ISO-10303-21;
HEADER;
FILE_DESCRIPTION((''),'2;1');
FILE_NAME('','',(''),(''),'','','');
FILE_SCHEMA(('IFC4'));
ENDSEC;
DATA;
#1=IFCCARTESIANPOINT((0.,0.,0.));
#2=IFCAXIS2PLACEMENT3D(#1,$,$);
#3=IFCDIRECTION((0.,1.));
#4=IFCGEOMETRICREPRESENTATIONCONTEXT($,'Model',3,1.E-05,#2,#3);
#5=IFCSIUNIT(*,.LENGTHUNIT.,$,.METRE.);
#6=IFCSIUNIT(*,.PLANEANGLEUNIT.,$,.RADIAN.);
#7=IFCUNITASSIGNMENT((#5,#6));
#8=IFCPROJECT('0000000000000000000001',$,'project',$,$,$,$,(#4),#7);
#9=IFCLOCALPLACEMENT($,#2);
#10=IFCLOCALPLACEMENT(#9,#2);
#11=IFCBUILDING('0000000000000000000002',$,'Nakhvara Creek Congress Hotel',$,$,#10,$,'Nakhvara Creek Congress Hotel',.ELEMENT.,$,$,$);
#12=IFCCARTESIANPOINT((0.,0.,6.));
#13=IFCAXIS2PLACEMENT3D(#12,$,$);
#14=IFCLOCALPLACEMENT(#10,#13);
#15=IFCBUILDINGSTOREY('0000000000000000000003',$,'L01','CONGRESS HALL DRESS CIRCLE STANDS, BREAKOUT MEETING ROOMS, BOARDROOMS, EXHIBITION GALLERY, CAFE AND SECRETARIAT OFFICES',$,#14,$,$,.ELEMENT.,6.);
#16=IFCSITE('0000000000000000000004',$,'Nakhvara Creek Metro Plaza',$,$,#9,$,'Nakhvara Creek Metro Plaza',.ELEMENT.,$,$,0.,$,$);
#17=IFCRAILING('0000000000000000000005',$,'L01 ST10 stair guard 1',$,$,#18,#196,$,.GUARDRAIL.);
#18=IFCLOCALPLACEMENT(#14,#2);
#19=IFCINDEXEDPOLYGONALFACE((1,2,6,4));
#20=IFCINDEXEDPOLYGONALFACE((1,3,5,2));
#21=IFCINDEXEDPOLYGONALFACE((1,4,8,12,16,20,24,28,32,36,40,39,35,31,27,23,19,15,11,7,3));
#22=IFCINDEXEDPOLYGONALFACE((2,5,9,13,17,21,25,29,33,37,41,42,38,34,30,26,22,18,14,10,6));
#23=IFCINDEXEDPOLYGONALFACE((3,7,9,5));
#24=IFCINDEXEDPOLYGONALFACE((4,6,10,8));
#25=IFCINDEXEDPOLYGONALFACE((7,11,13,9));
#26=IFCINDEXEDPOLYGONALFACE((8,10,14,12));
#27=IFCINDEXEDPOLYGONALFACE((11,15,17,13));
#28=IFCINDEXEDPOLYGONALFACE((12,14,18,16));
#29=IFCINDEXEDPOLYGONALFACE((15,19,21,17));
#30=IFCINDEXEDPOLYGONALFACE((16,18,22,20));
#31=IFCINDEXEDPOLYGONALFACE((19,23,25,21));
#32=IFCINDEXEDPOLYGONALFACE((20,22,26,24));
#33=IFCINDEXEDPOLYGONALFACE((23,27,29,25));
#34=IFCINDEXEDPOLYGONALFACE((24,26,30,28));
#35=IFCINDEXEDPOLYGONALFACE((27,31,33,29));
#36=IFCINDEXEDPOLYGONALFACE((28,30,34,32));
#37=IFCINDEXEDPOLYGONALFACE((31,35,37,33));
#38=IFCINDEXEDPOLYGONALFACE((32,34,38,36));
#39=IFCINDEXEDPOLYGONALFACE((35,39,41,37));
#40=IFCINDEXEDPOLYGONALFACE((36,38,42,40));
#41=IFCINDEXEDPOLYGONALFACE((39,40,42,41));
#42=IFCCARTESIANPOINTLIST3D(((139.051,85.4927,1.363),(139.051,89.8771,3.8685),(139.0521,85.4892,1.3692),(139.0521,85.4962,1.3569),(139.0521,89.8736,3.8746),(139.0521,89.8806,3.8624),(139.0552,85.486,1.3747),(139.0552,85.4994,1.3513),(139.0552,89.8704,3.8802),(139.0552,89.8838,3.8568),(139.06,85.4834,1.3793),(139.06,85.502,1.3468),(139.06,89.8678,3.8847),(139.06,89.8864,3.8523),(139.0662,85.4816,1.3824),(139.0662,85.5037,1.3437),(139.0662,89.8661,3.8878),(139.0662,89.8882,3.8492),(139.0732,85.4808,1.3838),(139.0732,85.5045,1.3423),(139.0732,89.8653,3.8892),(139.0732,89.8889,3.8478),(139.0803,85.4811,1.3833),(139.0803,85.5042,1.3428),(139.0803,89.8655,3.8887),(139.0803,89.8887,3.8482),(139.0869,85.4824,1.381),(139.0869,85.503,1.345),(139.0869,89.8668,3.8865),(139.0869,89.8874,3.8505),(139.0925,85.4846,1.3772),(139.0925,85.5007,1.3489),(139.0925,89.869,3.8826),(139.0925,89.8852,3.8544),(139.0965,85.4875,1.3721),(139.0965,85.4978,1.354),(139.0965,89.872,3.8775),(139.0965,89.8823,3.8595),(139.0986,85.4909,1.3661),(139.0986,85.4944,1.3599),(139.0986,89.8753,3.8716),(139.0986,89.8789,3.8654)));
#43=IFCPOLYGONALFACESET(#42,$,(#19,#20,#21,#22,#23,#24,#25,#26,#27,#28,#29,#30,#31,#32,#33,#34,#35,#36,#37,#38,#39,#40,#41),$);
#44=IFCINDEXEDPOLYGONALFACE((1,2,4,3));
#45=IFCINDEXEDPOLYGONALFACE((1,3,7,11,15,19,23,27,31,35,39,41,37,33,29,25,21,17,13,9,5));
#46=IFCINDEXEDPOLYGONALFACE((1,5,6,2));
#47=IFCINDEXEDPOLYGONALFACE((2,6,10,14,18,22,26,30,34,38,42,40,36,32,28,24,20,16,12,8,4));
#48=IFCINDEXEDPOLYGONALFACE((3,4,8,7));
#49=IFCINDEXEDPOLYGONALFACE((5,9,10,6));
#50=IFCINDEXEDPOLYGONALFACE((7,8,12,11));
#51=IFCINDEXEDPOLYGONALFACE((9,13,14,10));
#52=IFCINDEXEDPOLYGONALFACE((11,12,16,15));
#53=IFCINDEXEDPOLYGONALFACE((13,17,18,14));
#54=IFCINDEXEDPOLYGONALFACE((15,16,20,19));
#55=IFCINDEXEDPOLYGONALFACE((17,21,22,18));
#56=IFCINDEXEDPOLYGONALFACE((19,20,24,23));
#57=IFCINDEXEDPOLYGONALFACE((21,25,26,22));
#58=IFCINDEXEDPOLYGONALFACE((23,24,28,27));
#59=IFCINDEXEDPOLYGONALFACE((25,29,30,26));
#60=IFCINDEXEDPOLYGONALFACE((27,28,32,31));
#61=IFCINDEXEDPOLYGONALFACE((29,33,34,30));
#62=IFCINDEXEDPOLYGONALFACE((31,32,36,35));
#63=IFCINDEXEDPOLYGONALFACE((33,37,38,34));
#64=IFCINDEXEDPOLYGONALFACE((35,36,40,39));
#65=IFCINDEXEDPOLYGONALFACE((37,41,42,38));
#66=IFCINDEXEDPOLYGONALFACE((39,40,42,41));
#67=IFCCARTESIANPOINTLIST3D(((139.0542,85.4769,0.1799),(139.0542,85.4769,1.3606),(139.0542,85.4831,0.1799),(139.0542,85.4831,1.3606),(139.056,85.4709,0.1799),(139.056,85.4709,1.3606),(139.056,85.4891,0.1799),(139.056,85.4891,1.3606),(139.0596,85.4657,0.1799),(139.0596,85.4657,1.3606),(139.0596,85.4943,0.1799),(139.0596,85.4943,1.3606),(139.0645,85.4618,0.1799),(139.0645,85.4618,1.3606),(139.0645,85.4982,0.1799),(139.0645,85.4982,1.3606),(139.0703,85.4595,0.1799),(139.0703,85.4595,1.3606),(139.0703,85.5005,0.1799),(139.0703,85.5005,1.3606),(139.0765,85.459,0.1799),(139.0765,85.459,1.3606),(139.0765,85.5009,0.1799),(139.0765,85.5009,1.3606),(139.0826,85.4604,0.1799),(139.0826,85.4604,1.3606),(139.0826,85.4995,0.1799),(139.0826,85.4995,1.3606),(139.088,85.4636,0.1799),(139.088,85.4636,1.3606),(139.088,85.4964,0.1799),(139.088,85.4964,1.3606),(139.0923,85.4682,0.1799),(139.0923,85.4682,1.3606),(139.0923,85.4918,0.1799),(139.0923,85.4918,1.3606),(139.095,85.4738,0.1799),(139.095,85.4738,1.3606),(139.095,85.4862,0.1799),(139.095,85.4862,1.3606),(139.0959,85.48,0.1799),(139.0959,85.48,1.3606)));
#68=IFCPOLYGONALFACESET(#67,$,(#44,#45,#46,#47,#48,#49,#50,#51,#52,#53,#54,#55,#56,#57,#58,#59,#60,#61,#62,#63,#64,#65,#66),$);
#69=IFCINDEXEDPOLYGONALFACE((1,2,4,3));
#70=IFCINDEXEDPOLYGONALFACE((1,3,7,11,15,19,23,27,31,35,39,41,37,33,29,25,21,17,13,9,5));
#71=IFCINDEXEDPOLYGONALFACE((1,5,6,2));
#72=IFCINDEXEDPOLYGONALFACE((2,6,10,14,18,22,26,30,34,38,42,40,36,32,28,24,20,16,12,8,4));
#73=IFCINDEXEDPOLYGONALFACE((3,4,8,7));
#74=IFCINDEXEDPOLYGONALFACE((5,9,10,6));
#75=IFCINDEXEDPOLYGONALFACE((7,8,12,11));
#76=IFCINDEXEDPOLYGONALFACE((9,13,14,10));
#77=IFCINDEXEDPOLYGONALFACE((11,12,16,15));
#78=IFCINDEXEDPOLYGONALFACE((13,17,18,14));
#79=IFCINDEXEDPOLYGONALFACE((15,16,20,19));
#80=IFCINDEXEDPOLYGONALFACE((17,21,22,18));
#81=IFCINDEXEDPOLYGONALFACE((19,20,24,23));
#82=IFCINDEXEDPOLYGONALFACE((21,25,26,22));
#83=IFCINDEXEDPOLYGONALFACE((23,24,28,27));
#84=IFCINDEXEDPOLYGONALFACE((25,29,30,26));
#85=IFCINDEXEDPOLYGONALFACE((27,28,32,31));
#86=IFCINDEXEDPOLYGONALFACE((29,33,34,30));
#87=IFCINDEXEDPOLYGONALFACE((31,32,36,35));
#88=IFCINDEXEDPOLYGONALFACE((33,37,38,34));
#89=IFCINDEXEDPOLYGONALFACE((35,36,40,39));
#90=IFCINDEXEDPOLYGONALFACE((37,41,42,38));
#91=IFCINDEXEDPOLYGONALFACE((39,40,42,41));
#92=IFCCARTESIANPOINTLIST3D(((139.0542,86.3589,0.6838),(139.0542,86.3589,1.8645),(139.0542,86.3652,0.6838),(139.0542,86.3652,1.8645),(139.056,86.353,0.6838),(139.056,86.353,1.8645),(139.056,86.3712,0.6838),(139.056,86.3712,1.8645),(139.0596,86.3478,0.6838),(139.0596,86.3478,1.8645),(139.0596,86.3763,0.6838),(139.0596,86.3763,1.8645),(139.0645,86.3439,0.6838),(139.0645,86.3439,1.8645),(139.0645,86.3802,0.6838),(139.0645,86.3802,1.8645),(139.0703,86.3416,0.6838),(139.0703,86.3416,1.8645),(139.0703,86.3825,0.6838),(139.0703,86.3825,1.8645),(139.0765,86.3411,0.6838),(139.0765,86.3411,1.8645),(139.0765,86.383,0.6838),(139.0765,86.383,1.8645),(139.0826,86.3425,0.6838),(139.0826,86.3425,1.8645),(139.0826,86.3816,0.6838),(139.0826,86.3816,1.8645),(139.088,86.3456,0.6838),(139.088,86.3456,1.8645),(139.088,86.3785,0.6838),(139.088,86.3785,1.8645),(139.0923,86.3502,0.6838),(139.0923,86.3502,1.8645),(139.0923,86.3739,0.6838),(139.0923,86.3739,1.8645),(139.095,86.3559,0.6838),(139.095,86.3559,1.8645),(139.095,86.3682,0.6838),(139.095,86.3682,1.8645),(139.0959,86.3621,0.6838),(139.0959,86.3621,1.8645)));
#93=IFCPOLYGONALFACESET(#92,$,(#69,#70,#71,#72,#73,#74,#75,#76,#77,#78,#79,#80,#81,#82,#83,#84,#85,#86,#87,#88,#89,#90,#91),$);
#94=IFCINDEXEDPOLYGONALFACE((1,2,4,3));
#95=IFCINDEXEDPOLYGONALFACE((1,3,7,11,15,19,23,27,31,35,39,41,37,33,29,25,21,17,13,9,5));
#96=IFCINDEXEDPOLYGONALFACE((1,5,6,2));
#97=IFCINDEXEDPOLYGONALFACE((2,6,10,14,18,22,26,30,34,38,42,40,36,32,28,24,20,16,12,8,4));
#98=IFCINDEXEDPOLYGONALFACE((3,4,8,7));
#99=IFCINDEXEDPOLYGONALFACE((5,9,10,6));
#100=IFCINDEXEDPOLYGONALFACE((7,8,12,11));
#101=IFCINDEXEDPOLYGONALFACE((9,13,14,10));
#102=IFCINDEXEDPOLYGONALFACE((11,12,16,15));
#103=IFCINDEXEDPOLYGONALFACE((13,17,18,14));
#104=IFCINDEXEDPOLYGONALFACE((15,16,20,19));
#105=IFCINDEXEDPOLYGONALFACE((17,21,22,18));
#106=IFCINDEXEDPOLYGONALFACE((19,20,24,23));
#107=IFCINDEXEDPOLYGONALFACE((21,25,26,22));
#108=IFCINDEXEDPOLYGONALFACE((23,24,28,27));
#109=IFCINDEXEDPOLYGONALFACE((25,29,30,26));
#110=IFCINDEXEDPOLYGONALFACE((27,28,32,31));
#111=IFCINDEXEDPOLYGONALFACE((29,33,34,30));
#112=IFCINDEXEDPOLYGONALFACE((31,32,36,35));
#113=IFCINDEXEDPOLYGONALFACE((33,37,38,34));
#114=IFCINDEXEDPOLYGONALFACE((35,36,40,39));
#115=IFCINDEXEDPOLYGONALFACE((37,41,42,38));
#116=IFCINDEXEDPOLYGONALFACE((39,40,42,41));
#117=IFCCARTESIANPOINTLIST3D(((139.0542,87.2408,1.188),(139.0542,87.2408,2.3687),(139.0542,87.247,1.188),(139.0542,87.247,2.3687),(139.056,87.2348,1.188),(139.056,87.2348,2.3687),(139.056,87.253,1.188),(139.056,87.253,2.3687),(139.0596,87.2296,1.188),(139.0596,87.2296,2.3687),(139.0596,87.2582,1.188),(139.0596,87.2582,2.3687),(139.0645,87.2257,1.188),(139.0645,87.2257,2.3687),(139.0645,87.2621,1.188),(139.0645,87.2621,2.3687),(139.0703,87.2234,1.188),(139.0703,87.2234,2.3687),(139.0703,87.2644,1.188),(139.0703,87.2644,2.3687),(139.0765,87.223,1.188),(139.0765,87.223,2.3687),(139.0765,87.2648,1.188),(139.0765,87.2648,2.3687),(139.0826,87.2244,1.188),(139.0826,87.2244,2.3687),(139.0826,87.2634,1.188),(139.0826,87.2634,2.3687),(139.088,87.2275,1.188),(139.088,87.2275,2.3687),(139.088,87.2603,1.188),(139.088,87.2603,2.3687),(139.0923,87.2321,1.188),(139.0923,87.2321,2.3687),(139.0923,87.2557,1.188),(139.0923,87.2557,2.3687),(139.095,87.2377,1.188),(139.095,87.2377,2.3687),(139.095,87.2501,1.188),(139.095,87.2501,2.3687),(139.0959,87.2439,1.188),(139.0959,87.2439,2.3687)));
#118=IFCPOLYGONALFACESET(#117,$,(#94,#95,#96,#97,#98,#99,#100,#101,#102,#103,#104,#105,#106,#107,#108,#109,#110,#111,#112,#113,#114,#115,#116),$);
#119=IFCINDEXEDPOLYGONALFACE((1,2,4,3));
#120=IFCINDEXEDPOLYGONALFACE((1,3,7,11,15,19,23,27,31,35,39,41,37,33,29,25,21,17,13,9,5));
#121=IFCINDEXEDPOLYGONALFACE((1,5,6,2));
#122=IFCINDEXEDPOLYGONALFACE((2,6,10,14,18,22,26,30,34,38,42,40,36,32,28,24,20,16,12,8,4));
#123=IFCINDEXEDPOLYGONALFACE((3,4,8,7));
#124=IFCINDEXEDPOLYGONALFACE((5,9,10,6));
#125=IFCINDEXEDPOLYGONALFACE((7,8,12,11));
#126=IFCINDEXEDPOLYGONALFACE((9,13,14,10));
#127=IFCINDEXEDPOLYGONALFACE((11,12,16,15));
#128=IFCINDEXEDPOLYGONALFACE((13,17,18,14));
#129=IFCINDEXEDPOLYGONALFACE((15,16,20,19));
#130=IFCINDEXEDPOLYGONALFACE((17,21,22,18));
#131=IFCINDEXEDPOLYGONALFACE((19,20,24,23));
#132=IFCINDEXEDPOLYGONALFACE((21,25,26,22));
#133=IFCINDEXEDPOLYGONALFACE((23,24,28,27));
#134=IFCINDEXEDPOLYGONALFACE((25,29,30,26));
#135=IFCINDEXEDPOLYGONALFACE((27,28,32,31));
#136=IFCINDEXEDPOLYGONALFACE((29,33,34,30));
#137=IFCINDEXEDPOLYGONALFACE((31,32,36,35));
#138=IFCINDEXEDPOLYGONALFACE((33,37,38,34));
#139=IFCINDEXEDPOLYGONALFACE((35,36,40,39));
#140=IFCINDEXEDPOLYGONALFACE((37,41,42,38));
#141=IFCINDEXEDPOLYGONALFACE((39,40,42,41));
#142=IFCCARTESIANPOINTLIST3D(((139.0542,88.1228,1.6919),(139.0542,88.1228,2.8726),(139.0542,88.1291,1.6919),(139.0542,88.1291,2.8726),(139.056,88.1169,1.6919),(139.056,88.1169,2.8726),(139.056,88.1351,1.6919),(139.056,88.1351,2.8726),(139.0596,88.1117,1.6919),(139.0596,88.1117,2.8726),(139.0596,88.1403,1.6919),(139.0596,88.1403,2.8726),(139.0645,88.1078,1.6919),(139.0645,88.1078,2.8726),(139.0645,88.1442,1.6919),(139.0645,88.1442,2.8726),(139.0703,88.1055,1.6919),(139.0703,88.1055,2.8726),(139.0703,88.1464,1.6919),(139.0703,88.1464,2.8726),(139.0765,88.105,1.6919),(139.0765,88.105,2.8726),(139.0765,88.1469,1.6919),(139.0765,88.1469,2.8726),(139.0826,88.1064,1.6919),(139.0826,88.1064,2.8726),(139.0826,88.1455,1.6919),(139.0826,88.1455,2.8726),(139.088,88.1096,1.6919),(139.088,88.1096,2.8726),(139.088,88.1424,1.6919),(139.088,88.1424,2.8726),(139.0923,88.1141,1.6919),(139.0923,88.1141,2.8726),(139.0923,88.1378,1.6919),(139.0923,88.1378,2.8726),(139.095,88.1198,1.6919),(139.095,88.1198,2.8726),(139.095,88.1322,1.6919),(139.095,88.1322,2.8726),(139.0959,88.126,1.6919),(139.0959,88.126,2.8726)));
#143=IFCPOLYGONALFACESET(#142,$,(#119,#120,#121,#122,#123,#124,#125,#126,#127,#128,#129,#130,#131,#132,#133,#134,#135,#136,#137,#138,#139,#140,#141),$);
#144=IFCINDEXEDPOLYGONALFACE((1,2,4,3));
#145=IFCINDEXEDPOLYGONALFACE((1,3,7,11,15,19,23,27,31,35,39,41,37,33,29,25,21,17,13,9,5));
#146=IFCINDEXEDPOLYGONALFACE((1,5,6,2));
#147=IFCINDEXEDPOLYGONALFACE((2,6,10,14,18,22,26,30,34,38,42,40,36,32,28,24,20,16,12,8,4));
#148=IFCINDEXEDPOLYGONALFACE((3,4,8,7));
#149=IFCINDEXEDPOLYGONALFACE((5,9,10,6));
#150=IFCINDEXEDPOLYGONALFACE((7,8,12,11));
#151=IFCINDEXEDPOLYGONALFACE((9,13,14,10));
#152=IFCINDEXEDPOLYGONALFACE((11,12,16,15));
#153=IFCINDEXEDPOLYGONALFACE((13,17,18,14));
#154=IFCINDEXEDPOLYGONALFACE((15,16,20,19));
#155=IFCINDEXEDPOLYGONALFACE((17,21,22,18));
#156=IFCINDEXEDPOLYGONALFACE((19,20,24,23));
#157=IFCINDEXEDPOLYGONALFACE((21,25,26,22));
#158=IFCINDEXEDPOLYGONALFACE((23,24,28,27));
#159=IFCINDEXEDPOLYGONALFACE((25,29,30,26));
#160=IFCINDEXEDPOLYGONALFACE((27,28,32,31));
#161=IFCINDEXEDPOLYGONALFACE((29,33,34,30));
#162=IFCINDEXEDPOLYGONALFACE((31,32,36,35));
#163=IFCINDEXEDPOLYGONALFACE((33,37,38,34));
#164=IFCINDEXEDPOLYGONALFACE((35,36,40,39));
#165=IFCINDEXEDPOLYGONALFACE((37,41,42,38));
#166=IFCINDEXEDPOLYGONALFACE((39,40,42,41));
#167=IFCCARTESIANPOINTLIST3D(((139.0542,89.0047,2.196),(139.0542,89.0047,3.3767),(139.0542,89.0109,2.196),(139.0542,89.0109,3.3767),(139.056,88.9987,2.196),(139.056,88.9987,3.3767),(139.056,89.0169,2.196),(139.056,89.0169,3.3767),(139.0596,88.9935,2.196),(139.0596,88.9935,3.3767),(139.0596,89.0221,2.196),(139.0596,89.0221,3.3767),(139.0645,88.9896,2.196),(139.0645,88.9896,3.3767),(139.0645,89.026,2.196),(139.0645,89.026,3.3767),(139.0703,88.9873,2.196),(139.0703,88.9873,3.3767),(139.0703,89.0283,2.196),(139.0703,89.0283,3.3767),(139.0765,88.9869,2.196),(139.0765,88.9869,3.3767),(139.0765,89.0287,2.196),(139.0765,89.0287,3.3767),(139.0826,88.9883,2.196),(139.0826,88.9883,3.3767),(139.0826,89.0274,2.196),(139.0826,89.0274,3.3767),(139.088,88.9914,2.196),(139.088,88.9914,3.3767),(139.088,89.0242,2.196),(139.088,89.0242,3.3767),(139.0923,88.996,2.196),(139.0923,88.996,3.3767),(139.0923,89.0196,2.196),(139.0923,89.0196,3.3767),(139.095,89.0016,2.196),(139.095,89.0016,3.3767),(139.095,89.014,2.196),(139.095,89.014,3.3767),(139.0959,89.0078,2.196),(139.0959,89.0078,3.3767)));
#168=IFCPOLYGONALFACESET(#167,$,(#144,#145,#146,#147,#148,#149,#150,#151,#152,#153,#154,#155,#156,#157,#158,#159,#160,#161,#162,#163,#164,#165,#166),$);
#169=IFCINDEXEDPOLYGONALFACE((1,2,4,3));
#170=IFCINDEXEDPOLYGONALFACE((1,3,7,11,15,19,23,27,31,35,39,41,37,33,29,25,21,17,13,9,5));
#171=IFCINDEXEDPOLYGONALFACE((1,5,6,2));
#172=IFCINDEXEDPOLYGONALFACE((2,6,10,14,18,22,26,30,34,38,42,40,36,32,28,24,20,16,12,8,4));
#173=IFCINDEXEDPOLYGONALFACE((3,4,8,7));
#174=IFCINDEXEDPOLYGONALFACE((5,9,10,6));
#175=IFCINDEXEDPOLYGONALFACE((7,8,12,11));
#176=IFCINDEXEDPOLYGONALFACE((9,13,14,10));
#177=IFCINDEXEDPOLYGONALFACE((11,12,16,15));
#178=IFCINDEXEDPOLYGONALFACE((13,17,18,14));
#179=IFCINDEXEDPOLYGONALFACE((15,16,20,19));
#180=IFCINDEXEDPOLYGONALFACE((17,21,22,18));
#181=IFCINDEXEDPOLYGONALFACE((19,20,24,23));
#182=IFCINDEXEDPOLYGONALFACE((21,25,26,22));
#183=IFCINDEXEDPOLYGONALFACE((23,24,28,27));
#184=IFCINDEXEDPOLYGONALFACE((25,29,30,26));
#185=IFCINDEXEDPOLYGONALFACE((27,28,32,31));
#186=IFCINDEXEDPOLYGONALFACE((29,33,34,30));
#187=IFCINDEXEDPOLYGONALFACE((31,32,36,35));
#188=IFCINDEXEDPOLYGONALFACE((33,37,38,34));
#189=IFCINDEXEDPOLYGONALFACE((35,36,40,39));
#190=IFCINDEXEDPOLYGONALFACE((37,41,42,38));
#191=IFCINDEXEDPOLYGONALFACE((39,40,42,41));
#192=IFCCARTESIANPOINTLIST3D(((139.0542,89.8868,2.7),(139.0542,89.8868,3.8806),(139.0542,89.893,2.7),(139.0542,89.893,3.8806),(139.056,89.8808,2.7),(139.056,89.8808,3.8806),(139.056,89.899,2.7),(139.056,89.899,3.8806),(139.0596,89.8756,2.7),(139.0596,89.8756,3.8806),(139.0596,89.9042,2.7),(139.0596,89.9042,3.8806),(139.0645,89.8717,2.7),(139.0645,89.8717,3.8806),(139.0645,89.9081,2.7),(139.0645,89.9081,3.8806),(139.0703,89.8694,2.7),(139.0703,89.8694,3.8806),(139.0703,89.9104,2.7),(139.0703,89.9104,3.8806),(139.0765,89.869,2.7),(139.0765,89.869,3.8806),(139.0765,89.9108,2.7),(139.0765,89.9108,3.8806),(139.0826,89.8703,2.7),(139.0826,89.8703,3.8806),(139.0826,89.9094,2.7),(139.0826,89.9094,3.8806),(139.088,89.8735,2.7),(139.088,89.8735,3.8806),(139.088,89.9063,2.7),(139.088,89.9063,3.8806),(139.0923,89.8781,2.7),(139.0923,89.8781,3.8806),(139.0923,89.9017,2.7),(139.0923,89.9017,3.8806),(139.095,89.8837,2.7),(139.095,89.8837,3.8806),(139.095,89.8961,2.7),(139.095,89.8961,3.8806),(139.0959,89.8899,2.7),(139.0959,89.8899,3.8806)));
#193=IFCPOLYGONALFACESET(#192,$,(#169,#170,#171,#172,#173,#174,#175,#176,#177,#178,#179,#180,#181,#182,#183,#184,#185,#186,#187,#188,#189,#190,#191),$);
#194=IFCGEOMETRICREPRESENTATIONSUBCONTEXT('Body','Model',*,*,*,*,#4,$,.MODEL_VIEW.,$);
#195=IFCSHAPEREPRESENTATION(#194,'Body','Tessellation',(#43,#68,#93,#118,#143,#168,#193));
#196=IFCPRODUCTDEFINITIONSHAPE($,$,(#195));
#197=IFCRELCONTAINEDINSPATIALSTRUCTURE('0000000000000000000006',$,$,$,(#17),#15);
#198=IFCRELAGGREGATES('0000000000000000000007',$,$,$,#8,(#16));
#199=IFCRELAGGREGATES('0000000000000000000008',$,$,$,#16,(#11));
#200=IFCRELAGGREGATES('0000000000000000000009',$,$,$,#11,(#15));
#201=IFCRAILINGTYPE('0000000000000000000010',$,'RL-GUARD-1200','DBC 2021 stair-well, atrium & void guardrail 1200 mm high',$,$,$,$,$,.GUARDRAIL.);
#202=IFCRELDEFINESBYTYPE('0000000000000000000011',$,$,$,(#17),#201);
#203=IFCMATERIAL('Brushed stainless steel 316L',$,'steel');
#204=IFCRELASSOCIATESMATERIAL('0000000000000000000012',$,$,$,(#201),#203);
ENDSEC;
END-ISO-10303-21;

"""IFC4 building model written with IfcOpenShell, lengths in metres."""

from ifc_helpers import new_model, si_unit, direction, frame, origin, origin_2d, place, context, subcontext, project, spatial, circle, extrude, material, type_object, element, save


model = new_model("IFC4")

# Units and contexts
model_context = context("Model", 3, precision=1e-05, world=origin(), true_north=direction((0.0, 1.0)))
body_context = subcontext(model_context, "Body", "Model", "MODEL_VIEW")
ifc_project = project(units=[si_unit("LENGTHUNIT", "METRE"), si_unit("PLANEANGLEUNIT", "RADIAN")], contexts=[model_context])

# Site, building, storey
site_placement = place(None, origin())
site = spatial("IfcSite", under=ifc_project, at=site_placement, Name="Nakhvara Creek Metro Plaza", LongName="Nakhvara Creek Metro Plaza", CompositionType="ELEMENT", RefElevation=0.0)
building_placement = place(site_placement, origin())
building = spatial("IfcBuilding", under=site, at=building_placement, Name="Nakhvara Creek Congress Hotel", LongName="Nakhvara Creek Congress Hotel", CompositionType="ELEMENT")
storey_placement = place(building_placement, frame((0.0, 0.0, 6.0)))
storey = spatial("IfcBuildingStorey", under=building, at=storey_placement, Name="L01", Description="CONGRESS HALL DRESS CIRCLE STANDS, BREAKOUT MEETING ROOMS, BOARDROOMS, EXHIBITION GALLERY, CAFE AND SECRETARIAT OFFICES", CompositionType="ELEMENT", Elevation=6.0)

# Railing
ifc_material_1 = material(Name="Brushed stainless steel 316L", Category="steel")
railing_type_1 = type_object("IfcRailingType", Name="RL-GUARD-1200", Description="DBC 2021 stair-well, atrium & void guardrail 1200 mm high", PredefinedType="GUARDRAIL", material=ifc_material_1)
railing_1_placement = place(storey_placement, frame((139.075, 85.48, 0.1799)))
element("IfcRailing", 1, at=railing_1_placement, inside=storey, type_object=railing_type_1, Name="L01 ST10 stair guard 1", PredefinedType="GUARDRAIL", context=body_context, shape_type="SweptSolid", body=[
    extrude(circle(Radius=0.0239, at=origin_2d()), frame((0.0, 0.0127, 1.1831), z_axis=(0.0, 0.868237, 0.496149), x_axis=(-1.0, 0.0, 0.0)), (0.0, 0.0, 1.0), 5.0498),
    extrude(circle(Radius=0.021, at=origin_2d()), origin(), (0.0, 0.0, 1.0), 1.1807),
    extrude(circle(Radius=0.021, at=origin_2d()), frame((0.0, 0.8821, 0.5039)), (0.0, 0.0, 1.0), 1.1807),
    extrude(circle(Radius=0.021, at=origin_2d()), frame((0.0, 1.7639, 1.0081)), (0.0, 0.0, 1.0), 1.1807),
    extrude(circle(Radius=0.021, at=origin_2d()), frame((0.0, 2.646, 1.512)), (0.0, 0.0, 1.0), 1.1807),
    extrude(circle(Radius=0.021, at=origin_2d()), frame((0.0, 3.5278, 2.0161)), (0.0, 0.0, 1.0), 1.1807),
    extrude(circle(Radius=0.021, at=origin_2d()), frame((0.0, 4.4099, 2.52)), (0.0, 0.0, 1.0), 1.1807),
])

save(model, "model.ifc")
